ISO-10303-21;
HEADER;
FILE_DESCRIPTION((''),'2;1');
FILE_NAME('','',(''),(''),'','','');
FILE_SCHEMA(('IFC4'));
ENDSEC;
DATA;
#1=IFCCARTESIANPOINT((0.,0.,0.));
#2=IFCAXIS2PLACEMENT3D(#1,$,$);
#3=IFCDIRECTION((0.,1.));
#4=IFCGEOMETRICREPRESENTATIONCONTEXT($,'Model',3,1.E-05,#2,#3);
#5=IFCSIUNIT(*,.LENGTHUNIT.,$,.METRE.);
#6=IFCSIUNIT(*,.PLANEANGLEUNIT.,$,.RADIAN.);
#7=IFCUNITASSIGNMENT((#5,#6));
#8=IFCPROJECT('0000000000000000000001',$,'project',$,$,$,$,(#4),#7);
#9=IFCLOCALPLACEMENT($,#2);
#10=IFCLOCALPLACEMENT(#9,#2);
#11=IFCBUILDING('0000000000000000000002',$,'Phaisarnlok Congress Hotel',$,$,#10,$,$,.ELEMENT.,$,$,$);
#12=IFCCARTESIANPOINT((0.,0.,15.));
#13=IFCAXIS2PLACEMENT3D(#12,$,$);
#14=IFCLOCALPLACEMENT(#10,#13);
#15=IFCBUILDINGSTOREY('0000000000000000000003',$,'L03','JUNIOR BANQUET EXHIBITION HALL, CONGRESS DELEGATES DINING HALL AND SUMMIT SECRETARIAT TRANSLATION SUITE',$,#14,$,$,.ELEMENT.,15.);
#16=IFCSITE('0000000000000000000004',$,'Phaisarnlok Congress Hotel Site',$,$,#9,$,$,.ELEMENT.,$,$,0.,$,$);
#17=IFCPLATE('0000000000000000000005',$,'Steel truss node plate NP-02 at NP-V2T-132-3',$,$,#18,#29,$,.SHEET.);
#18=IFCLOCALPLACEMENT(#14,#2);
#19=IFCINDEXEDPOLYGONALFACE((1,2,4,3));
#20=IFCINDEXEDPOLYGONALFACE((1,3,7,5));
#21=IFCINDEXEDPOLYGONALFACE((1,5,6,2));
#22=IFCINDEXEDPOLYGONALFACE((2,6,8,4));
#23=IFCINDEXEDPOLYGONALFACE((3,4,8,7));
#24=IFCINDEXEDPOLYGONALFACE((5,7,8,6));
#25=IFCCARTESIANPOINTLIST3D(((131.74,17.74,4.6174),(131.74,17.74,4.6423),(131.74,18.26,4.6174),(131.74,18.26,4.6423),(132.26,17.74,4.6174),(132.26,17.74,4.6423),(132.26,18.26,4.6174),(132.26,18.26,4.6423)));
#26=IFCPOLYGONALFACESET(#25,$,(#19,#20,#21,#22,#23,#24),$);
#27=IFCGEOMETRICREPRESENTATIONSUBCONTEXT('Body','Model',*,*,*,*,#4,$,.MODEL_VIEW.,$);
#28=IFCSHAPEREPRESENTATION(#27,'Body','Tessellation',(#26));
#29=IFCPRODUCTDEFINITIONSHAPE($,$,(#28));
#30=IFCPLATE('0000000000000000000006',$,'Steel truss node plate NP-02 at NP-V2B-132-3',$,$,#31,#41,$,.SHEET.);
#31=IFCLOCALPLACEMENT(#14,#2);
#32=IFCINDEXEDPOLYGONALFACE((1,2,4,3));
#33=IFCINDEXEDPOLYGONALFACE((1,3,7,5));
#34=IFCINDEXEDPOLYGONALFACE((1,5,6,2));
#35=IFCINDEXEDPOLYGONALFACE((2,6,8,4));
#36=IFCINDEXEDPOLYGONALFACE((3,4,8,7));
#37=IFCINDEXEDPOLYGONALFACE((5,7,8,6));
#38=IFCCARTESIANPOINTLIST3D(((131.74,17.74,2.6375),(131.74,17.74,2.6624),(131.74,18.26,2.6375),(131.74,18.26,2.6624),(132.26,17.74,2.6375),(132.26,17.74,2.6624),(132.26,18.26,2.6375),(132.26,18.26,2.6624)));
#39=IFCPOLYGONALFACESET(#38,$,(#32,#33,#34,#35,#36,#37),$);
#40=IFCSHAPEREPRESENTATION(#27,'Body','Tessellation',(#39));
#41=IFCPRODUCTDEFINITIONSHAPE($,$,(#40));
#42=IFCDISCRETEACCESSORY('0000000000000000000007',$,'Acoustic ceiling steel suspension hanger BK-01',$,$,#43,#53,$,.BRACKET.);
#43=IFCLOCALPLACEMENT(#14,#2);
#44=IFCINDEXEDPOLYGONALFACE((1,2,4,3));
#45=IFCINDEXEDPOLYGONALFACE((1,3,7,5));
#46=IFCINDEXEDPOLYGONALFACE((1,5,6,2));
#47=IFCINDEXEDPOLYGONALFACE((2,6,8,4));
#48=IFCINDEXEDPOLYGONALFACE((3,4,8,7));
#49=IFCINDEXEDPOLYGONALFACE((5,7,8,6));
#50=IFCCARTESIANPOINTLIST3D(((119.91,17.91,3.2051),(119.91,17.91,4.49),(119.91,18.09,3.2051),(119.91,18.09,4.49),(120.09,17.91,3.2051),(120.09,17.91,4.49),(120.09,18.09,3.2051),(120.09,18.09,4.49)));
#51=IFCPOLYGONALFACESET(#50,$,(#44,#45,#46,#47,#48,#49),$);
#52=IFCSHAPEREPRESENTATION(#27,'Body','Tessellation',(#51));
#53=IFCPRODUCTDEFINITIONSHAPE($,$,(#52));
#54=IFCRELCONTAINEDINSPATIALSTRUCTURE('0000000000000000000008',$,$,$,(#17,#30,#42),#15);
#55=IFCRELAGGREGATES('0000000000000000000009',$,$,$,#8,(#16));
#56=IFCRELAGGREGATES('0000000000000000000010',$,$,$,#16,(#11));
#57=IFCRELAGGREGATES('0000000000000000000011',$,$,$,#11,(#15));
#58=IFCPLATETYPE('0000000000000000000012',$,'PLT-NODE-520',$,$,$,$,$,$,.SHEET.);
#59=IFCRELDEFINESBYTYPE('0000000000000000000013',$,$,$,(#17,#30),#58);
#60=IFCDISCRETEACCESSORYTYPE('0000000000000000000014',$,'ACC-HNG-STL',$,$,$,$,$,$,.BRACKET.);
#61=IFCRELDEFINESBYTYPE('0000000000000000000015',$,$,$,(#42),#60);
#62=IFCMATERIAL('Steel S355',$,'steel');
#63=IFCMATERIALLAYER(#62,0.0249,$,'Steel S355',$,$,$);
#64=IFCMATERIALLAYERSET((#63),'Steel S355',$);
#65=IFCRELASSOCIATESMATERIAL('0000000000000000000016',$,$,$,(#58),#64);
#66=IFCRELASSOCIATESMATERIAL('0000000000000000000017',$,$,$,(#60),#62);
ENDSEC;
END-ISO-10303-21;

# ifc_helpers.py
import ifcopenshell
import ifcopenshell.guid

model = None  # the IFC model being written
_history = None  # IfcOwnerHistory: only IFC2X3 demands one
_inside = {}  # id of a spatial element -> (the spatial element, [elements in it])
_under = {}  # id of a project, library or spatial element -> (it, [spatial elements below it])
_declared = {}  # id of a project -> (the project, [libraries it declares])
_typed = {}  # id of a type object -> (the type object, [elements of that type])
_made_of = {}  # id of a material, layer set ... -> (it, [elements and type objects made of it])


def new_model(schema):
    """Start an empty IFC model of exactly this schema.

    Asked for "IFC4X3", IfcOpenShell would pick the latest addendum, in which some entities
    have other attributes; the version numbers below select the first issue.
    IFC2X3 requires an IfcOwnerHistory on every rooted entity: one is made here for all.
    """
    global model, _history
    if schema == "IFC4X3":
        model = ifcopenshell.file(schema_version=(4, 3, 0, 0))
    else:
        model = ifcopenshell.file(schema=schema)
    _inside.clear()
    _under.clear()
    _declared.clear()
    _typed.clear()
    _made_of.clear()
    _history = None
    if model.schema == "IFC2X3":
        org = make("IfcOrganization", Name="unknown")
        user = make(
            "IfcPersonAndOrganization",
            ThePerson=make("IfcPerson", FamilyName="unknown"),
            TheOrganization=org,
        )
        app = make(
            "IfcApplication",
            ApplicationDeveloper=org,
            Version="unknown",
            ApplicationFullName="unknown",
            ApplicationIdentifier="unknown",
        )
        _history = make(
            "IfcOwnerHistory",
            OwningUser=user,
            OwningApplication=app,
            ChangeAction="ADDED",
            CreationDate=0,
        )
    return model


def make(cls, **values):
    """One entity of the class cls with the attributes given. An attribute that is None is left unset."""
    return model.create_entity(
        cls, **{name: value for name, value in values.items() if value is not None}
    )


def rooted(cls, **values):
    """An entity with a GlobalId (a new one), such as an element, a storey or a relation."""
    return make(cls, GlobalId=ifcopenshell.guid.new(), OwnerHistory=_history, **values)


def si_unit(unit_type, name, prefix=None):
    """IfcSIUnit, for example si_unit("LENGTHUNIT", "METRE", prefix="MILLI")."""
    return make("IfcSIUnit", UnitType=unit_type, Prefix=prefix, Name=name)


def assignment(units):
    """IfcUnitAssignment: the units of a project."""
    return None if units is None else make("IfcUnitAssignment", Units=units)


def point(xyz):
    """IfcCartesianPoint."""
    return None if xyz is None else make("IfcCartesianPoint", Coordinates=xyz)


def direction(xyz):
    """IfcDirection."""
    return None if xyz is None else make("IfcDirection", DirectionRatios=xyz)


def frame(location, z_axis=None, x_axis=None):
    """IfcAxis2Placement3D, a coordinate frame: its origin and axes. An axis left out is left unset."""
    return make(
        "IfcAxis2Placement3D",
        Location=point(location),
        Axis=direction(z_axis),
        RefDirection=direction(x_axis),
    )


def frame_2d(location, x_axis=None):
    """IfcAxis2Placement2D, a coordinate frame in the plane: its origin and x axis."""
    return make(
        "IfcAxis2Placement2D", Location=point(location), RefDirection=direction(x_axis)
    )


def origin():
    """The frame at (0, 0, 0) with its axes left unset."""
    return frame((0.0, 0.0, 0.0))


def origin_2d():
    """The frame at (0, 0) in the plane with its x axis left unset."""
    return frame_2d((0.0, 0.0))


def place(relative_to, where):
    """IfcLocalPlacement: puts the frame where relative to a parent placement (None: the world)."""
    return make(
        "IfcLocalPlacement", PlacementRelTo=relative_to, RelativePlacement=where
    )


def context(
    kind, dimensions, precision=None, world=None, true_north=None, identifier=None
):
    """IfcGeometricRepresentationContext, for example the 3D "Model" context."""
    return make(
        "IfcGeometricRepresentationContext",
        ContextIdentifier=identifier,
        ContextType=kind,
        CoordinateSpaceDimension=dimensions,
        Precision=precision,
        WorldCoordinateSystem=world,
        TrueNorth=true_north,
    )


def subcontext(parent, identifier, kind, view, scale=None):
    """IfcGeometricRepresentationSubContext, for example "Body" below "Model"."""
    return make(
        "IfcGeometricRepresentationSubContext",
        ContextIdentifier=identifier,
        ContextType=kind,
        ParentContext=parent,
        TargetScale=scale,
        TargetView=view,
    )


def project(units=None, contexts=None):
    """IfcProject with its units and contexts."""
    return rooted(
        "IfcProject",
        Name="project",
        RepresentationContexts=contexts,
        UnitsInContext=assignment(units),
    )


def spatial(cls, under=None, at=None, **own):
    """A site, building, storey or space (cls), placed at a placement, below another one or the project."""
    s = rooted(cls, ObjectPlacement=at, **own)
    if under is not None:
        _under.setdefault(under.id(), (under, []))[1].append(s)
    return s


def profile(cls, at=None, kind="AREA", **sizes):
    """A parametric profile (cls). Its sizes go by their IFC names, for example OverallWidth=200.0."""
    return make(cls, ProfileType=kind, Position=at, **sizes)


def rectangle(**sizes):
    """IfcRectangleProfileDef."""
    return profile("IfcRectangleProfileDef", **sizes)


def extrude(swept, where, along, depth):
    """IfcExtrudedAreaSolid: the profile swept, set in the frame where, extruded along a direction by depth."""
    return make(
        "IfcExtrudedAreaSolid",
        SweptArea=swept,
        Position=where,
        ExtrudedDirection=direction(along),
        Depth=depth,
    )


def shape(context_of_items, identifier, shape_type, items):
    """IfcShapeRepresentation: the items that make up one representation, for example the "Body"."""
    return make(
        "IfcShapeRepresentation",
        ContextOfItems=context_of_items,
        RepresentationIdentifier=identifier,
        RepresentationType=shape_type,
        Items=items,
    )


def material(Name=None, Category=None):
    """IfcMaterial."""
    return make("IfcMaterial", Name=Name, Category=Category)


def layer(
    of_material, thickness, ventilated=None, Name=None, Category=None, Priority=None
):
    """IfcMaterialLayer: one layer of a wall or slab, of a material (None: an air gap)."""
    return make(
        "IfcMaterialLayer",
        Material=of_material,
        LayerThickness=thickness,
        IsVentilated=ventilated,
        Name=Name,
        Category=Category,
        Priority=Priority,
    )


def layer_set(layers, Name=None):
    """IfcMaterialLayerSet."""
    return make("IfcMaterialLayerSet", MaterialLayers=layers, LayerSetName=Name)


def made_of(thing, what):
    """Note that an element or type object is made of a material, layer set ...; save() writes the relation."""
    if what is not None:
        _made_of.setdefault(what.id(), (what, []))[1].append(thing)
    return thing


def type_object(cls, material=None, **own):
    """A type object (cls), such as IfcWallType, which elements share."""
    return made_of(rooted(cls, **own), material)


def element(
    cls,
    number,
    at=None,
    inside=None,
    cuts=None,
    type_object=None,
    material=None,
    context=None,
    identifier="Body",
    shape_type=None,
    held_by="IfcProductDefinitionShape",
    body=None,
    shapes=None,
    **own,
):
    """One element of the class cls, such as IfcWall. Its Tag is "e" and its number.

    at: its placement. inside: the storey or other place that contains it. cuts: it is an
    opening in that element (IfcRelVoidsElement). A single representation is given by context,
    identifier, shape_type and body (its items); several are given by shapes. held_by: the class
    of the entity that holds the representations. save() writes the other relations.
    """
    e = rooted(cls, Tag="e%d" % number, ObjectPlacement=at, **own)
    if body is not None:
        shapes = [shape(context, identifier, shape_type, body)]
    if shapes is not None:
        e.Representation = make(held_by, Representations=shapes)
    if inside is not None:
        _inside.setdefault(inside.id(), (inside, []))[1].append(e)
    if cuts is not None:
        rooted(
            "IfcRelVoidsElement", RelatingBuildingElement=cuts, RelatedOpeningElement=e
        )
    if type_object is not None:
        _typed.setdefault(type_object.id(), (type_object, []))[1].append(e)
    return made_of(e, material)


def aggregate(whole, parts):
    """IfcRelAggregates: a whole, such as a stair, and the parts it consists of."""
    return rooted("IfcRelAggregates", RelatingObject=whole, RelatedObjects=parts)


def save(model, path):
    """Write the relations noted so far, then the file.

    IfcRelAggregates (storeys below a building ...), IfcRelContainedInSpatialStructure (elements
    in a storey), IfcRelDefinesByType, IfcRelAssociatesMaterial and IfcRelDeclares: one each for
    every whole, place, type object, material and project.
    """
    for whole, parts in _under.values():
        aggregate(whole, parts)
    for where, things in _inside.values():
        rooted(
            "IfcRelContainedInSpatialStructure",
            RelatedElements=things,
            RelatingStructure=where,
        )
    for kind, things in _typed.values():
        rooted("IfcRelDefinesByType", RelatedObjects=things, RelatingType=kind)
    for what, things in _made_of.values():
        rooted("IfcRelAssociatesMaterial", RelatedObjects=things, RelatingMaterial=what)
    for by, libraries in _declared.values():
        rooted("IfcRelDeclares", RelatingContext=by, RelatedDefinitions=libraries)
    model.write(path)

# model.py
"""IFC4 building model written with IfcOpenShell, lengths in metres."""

from ifc_helpers import new_model, si_unit, direction, frame, origin, origin_2d, place, context, subcontext, project, spatial, rectangle, extrude, material, layer, layer_set, type_object, element, save


model = new_model("IFC4")

# Units and contexts
model_context = context("Model", 3, precision=1e-05, world=origin(), true_north=direction((0.0, 1.0)))
body_context = subcontext(model_context, "Body", "Model", "MODEL_VIEW")
ifc_project = project(units=[si_unit("LENGTHUNIT", "METRE"), si_unit("PLANEANGLEUNIT", "RADIAN")], contexts=[model_context])

# Site, building, storey
site_placement = place(None, origin())
site = spatial("IfcSite", under=ifc_project, at=site_placement, Name="Phaisarnlok Congress Hotel Site", CompositionType="ELEMENT", RefElevation=0.0)
building_placement = place(site_placement, origin())
building = spatial("IfcBuilding", under=site, at=building_placement, Name="Phaisarnlok Congress Hotel", CompositionType="ELEMENT")
storey_placement = place(building_placement, frame((0.0, 0.0, 15.0)))
storey = spatial("IfcBuildingStorey", under=building, at=storey_placement, Name="L03", Description="JUNIOR BANQUET EXHIBITION HALL, CONGRESS DELEGATES DINING HALL AND SUMMIT SECRETARIAT TRANSLATION SUITE", CompositionType="ELEMENT", Elevation=15.0)

# Shared definitions
ifc_material = material(Name="Steel S355", Category="steel")

# Plates
ifc_layer_1 = layer(ifc_material, 0.0249, Name="Steel S355")
ifc_layer_set_1 = layer_set([ifc_layer_1], Name="Steel S355")
plate_type_1 = type_object("IfcPlateType", Name="PLT-NODE-520", PredefinedType="SHEET", material=ifc_layer_set_1)
for number, where, z_axis, x_axis, name in (
    (1, (132.0, 18.0, 4.6174), (0.0, 0.0, 1.0), (1.0, 0.0, 0.0), "Steel truss node plate NP-02 at NP-V2T-132-3"),
    (2, (132.0, 18.0, 2.6375), (0.0, 0.0, 1.0), (1.0, 0.0, 0.0), "Steel truss node plate NP-02 at NP-V2B-132-3"),
):
    element("IfcPlate", number, at=place(storey_placement, frame(where, z_axis=z_axis, x_axis=x_axis)), inside=storey, type_object=plate_type_1, Name=name, PredefinedType="SHEET", context=body_context, shape_type="SweptSolid", body=[
        extrude(rectangle(XDim=0.52, YDim=0.52, at=origin_2d()), origin(), (0.0, 0.0, 1.0), 0.0249),
    ])

# Discrete accessory
discrete_accessory_type = type_object("IfcDiscreteAccessoryType", Name="ACC-HNG-STL", PredefinedType="BRACKET", material=ifc_material)
discrete_accessory_placement = place(storey_placement, frame((120.0, 18.0, 3.2051), z_axis=(0.0, 0.0, 1.0), x_axis=(1.0, 0.0, 0.0)))
element("IfcDiscreteAccessory", 3, at=discrete_accessory_placement, inside=storey, type_object=discrete_accessory_type, Name="Acoustic ceiling steel suspension hanger BK-01", PredefinedType="BRACKET", context=body_context, shape_type="SweptSolid", body=[
    extrude(rectangle(XDim=0.1799, YDim=0.1799, at=origin_2d()), origin(), (0.0, 0.0, 1.0), 1.2849),
])

save(model, "model.ifc")
